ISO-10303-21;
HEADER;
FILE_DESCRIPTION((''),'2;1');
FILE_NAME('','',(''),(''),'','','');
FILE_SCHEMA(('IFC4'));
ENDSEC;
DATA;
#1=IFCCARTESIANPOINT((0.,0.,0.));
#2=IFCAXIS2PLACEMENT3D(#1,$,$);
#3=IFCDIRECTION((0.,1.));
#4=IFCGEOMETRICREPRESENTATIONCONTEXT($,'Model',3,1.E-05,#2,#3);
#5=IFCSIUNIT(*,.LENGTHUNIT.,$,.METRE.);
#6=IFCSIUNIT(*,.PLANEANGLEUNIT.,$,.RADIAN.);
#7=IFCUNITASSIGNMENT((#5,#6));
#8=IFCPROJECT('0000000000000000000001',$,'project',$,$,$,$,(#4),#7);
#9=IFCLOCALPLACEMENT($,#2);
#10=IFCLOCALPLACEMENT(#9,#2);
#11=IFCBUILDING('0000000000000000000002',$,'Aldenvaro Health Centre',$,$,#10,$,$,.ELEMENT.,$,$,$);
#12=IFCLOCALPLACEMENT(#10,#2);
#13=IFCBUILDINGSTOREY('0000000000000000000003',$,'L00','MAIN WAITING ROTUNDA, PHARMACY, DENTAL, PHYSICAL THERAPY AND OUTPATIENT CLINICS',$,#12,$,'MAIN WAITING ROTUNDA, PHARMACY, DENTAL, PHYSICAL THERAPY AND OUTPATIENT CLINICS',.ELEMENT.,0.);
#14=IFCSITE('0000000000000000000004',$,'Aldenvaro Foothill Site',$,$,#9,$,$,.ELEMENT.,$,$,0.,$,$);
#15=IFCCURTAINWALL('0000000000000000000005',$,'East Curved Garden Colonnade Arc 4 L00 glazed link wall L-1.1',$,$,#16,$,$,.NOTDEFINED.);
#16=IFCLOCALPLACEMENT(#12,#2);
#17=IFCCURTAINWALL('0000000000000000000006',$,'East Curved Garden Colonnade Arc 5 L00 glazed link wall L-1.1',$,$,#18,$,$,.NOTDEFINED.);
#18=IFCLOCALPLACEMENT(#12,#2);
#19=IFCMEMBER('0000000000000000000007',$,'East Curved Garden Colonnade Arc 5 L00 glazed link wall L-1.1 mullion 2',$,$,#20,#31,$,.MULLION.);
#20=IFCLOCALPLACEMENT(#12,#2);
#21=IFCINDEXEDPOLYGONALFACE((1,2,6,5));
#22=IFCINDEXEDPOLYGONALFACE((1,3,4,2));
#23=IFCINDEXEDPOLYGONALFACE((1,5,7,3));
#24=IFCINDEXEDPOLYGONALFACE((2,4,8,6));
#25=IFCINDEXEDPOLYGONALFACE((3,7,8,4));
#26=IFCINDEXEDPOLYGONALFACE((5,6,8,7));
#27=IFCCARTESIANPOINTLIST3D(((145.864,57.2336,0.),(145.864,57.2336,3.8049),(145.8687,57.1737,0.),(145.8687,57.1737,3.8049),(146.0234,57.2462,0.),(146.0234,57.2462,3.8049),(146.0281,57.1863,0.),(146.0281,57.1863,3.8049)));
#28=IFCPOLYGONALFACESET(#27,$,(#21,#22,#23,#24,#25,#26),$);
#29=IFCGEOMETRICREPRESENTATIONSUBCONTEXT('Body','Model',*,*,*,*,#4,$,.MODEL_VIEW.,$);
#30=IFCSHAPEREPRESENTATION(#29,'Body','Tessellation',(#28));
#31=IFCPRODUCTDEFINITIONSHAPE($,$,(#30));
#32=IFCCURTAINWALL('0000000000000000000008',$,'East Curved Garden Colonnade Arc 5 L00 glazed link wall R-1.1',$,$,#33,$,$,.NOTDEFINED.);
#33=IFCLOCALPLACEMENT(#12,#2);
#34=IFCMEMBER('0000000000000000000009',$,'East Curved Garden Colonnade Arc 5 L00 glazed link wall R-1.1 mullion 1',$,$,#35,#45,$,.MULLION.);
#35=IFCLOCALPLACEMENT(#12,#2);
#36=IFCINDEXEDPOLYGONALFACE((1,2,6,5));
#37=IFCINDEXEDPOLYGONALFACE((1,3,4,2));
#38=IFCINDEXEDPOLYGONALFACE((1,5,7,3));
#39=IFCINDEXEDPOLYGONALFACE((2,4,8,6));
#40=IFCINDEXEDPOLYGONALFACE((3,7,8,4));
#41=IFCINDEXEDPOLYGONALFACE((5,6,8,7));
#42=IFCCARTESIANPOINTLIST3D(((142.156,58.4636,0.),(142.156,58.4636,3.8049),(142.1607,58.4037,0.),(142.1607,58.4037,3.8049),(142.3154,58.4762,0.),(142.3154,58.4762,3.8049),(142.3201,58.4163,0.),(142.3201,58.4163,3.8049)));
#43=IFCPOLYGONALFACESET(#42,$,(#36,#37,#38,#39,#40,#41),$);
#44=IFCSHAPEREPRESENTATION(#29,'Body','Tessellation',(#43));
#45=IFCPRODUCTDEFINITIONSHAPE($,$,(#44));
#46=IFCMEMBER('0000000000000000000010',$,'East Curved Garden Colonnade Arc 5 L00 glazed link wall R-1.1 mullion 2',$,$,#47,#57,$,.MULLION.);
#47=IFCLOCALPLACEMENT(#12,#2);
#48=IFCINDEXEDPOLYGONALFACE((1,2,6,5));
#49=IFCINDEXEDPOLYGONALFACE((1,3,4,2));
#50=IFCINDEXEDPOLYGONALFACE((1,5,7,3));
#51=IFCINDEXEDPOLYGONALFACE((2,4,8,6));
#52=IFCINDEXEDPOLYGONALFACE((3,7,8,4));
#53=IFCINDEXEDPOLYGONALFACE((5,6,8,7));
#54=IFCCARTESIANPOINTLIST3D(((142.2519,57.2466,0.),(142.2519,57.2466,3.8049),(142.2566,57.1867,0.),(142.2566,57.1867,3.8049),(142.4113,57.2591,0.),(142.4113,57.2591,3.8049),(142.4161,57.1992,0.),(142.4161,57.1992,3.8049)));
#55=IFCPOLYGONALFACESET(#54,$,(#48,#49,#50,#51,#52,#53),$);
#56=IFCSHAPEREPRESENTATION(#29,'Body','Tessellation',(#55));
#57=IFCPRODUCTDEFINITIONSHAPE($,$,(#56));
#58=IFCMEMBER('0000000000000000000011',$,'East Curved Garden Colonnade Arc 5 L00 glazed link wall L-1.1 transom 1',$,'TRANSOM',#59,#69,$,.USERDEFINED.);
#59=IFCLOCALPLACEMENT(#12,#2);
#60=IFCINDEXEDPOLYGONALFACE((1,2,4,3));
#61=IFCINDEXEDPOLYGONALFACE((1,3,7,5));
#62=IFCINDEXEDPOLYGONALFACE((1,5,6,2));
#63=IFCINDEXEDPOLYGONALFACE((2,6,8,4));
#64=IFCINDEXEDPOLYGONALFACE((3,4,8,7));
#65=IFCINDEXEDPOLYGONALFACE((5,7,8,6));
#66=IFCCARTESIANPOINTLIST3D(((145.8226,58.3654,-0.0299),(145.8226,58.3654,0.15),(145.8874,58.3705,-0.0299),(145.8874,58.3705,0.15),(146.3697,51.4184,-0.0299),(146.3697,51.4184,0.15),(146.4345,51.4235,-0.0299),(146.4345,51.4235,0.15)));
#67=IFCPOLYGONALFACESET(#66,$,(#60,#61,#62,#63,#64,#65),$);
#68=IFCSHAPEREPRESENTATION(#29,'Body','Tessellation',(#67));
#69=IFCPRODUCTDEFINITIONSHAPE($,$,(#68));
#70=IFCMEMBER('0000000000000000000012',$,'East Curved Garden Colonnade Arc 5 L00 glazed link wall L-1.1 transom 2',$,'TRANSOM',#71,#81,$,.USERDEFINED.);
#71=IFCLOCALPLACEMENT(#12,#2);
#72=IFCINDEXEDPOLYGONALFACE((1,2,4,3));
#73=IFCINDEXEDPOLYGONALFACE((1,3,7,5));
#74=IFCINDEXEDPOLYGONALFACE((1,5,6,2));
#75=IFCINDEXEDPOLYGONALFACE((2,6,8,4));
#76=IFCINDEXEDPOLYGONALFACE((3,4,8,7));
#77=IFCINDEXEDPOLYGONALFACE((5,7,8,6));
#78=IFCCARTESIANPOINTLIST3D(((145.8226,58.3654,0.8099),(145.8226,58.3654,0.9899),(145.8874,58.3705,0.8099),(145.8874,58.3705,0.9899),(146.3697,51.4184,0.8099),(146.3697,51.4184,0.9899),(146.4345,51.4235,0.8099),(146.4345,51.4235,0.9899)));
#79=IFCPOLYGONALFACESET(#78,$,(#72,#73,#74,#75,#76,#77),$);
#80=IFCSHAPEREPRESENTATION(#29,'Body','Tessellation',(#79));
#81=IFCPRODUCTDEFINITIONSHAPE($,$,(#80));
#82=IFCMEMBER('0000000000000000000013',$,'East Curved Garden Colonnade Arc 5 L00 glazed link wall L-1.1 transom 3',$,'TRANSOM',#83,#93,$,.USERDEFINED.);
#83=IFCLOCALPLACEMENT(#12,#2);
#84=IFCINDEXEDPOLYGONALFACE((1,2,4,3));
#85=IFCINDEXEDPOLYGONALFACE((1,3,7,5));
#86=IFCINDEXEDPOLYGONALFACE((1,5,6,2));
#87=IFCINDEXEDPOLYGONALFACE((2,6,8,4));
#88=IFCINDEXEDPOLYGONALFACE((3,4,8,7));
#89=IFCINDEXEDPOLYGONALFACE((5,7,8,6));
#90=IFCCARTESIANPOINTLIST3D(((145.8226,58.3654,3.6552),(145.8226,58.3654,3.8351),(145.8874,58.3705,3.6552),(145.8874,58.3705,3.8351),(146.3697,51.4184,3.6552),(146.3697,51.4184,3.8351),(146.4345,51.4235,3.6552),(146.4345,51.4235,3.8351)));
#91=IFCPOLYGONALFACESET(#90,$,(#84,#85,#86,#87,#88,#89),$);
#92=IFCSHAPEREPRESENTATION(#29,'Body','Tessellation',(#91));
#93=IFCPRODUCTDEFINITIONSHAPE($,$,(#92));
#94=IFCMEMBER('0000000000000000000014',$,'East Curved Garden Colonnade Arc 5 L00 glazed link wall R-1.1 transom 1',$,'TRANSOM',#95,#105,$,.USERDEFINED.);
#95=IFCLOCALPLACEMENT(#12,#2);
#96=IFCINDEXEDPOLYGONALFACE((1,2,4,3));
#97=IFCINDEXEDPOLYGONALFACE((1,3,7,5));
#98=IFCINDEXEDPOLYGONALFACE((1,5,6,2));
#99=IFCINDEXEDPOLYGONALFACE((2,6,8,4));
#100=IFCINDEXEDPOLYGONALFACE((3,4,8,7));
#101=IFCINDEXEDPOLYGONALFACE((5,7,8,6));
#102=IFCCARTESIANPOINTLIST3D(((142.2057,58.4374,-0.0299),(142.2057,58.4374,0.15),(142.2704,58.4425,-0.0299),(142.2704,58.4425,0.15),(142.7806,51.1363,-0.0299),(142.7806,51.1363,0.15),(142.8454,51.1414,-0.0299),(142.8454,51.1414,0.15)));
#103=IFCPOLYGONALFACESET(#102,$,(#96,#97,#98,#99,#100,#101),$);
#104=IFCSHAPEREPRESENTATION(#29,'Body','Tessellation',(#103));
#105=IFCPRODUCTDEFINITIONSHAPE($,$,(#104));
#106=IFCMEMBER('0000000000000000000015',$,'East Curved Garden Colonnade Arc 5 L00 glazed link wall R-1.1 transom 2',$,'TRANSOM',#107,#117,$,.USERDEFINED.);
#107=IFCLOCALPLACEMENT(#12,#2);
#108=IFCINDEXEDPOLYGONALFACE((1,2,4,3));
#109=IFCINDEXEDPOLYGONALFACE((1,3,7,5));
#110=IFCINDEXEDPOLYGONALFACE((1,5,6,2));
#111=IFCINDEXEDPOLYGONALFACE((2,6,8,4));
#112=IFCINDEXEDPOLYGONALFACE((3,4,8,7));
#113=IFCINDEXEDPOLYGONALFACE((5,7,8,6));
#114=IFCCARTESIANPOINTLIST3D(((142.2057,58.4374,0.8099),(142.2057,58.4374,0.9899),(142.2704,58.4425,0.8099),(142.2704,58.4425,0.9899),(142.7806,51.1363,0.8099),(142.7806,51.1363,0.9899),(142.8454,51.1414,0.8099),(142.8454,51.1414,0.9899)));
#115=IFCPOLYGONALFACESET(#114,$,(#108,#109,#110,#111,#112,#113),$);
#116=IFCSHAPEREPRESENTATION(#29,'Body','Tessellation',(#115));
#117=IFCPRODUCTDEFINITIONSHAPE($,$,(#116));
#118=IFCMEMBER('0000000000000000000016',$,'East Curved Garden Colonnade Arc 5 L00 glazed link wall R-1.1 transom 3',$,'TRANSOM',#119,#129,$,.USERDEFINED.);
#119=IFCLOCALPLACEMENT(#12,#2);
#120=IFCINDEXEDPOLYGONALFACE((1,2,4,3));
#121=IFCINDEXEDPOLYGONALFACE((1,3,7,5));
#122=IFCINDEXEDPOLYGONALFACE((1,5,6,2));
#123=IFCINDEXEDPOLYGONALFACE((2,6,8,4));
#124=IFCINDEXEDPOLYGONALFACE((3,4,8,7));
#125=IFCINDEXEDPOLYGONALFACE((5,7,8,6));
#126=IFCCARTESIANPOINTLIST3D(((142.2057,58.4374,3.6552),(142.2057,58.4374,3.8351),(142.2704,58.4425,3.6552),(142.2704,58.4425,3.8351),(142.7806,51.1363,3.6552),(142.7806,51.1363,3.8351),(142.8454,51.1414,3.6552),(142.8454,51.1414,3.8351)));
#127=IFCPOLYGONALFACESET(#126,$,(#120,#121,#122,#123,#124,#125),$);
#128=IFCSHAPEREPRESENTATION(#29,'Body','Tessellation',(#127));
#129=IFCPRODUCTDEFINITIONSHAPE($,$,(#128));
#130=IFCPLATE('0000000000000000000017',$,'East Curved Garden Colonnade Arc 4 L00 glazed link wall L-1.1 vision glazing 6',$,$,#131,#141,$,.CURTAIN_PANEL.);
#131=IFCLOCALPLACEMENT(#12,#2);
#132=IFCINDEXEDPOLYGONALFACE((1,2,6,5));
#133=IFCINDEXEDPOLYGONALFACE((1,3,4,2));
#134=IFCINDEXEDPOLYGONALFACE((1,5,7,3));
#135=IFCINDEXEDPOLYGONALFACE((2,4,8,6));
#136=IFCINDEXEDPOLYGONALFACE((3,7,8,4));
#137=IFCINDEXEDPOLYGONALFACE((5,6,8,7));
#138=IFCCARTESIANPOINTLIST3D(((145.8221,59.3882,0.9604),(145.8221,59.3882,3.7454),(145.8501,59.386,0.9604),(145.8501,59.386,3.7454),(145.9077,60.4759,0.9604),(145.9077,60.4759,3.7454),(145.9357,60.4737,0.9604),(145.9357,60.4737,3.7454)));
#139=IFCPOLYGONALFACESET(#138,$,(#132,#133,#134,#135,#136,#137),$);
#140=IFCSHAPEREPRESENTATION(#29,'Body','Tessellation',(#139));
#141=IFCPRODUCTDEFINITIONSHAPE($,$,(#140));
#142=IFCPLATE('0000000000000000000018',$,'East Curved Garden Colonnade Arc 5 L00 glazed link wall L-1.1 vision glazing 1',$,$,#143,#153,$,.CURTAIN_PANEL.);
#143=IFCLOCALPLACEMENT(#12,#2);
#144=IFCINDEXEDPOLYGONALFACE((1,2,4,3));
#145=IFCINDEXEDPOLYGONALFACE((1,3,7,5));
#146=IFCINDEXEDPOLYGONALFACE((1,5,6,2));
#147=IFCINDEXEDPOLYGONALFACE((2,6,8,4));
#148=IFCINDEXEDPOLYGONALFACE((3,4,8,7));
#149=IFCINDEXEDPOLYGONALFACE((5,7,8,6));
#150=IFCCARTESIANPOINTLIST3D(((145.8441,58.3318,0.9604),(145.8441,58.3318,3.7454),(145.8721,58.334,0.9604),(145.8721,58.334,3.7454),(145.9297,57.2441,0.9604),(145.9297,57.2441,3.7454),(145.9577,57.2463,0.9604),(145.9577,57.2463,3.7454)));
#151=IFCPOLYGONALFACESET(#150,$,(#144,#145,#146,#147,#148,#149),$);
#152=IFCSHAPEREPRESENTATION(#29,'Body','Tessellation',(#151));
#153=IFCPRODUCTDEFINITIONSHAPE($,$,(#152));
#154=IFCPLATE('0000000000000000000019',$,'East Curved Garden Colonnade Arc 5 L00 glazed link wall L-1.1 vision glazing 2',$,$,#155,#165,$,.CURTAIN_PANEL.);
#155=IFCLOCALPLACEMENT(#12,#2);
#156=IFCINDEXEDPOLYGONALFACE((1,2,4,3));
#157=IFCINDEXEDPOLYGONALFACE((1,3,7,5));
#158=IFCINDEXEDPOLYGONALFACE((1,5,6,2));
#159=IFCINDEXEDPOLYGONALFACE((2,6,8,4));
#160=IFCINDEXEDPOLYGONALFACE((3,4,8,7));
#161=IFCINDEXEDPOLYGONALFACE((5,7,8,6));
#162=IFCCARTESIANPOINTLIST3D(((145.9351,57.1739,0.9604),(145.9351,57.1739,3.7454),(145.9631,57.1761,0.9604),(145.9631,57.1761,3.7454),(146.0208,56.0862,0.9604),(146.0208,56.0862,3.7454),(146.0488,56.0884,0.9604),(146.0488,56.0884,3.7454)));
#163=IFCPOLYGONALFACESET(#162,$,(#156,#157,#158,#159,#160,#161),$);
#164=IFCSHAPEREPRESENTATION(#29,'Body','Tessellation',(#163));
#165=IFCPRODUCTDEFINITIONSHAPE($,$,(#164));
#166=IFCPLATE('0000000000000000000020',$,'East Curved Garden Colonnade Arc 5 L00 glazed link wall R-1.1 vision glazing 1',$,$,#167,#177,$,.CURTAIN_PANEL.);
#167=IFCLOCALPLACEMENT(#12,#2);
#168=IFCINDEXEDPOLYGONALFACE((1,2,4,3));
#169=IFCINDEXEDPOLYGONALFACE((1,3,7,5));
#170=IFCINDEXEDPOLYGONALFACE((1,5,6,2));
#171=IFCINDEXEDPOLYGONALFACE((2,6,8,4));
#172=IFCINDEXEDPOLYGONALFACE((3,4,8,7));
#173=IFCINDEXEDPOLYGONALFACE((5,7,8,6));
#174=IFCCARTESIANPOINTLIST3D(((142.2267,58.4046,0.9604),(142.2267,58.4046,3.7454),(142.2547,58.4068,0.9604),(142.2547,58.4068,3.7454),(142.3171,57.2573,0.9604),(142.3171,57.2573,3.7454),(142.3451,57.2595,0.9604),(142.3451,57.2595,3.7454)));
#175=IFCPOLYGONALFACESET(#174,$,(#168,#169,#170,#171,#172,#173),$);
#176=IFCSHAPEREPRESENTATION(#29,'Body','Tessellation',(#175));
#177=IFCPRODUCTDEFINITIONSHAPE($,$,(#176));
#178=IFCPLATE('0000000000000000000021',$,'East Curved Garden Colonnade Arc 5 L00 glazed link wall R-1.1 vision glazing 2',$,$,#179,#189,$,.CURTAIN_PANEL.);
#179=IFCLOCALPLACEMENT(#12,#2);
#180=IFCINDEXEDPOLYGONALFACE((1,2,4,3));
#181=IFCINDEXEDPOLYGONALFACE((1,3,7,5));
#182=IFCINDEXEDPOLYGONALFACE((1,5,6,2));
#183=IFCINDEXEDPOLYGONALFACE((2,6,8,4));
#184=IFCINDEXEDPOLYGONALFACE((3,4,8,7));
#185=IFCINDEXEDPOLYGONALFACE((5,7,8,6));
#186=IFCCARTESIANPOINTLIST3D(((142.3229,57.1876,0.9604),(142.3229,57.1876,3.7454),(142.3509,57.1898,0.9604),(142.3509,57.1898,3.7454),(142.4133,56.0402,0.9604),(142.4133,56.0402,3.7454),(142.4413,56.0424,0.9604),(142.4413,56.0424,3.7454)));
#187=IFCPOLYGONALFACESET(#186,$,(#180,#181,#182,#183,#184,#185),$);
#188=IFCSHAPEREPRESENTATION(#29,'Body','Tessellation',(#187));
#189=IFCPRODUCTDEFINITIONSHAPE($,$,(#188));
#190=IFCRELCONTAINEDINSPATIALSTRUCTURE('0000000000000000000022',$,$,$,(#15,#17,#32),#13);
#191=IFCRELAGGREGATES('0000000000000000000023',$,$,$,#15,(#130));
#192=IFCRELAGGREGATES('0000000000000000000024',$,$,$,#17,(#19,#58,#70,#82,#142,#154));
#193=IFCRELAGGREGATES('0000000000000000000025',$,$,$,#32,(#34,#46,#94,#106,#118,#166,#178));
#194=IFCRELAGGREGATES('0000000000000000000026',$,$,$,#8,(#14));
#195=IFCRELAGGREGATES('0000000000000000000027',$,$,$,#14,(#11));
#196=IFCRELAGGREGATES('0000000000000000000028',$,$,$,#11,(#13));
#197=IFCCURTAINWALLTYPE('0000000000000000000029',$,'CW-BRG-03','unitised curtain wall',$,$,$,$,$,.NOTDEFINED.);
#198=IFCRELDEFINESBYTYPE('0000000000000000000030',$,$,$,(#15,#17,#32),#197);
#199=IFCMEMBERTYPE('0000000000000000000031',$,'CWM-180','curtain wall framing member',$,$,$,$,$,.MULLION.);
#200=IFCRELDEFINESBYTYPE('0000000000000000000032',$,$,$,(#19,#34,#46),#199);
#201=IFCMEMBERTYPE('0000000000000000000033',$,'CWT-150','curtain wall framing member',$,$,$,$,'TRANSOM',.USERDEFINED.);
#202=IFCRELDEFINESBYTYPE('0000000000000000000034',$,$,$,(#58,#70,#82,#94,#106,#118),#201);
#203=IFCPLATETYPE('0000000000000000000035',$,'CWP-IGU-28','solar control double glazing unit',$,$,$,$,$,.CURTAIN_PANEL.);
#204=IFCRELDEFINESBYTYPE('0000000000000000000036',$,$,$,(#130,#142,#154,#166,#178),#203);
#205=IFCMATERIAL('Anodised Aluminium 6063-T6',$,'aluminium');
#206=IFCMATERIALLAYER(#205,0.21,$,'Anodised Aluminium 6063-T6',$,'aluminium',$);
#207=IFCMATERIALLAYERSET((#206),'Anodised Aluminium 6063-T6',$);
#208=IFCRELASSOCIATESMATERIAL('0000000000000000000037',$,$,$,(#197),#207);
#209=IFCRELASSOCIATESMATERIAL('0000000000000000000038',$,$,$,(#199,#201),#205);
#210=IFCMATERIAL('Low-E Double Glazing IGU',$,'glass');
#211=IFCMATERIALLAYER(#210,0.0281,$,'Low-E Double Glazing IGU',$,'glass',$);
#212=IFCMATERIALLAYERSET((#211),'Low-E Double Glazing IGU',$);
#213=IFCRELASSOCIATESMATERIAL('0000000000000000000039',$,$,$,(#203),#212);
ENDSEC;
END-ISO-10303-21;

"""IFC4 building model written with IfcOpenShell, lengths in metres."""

from ifc_helpers import new_model, si_unit, direction, frame, origin, origin_2d, place, context, subcontext, project, spatial, rectangle, extrude, material, layer, layer_set, material_profile, profile_set, type_object, element, aggregate, save


model = new_model("IFC4")

# Units and contexts
model_context = context("Model", 3, precision=1e-05, world=origin(), true_north=direction((0.0, 1.0)))
body_context = subcontext(model_context, "Body", "Model", "MODEL_VIEW")
ifc_project = project(units=[si_unit("LENGTHUNIT", "METRE"), si_unit("PLANEANGLEUNIT", "RADIAN")], contexts=[model_context])

# Site, building, storey
site_placement = place(None, origin())
site = spatial("IfcSite", under=ifc_project, at=site_placement, Name="Aldenvaro Foothill Site", CompositionType="ELEMENT", RefElevation=0.0)
building_placement = place(site_placement, origin())
building = spatial("IfcBuilding", under=site, at=building_placement, Name="Aldenvaro Health Centre", CompositionType="ELEMENT")
storey_placement = place(building_placement, origin())
storey = spatial("IfcBuildingStorey", under=building, at=storey_placement, Name="L00", Description="MAIN WAITING ROTUNDA, PHARMACY, DENTAL, PHYSICAL THERAPY AND OUTPATIENT CLINICS", LongName="MAIN WAITING ROTUNDA, PHARMACY, DENTAL, PHYSICAL THERAPY AND OUTPATIENT CLINICS", CompositionType="ELEMENT", Elevation=0.0)

# Curtain wall
ifc_material_1 = material(Name="Anodised Aluminium 6063-T6", Category="aluminium")
ifc_layer_1 = layer(ifc_material_1, 0.21, Name="Anodised Aluminium 6063-T6", Category="aluminium")
ifc_layer_set_1 = layer_set([ifc_layer_1], Name="Anodised Aluminium 6063-T6")
curtain_wall_type = type_object("IfcCurtainWallType", Name="CW-BRG-03", Description="unitised curtain wall", PredefinedType="NOTDEFINED", material=ifc_layer_set_1)
curtain_wall_1_placement = place(storey_placement, origin())
curtain_wall_1 = element("IfcCurtainWall", 1, at=curtain_wall_1_placement, inside=storey, type_object=curtain_wall_type, Name="East Curved Garden Colonnade Arc 4 L00 glazed link wall L-1.1", PredefinedType="NOTDEFINED")
ifc_material_profile_1 = material_profile(ifc_material_1, rectangle(XDim=0.0601, YDim=0.1599, at=origin_2d()), Name="ALU 60x160", Category="aluminium")
ifc_profile_set_1 = profile_set([ifc_material_profile_1], Name="Anodised Aluminium 6063-T6")
member_type_1 = type_object("IfcMemberType", Name="CWM-180", Description="curtain wall framing member", PredefinedType="MULLION", material=ifc_profile_set_1)

# Curtain walls, members
curtain_wall_2_placement = place(storey_placement, origin())
curtain_wall_2 = element("IfcCurtainWall", 2, at=curtain_wall_2_placement, inside=storey, type_object=curtain_wall_type, Name="East Curved Garden Colonnade Arc 5 L00 glazed link wall L-1.1", PredefinedType="NOTDEFINED")
member_1_placement = place(storey_placement, frame((145.946, 57.21, 0.0), z_axis=(0.0, 0.0, 1.0), x_axis=(0.078496, -0.996914, 0.0)))
member_1 = element("IfcMember", 3, at=member_1_placement, type_object=member_type_1, Name="East Curved Garden Colonnade Arc 5 L00 glazed link wall L-1.1 mullion 2", PredefinedType="MULLION", context=body_context, shape_type="SweptSolid", body=[
    extrude(rectangle(XDim=0.0601, YDim=0.1599, at=origin_2d()), origin(), (0.0, 0.0, 1.0), 3.8049),
])
curtain_wall_3_placement = place(storey_placement, origin())
curtain_wall_3 = element("IfcCurtainWall", 4, at=curtain_wall_3_placement, inside=storey, type_object=curtain_wall_type, Name="East Curved Garden Colonnade Arc 5 L00 glazed link wall R-1.1", PredefinedType="NOTDEFINED")
member_2_placement = place(storey_placement, frame((142.238, 58.4399, 0.0), z_axis=(0.0, 0.0, 1.0), x_axis=(0.078513, -0.996913, 0.0)))
member_2 = element("IfcMember", 5, at=member_2_placement, type_object=member_type_1, Name="East Curved Garden Colonnade Arc 5 L00 glazed link wall R-1.1 mullion 1", PredefinedType="MULLION", context=body_context, shape_type="SweptSolid", body=[
    extrude(rectangle(XDim=0.0601, YDim=0.1599, at=origin_2d()), origin(), (0.0, 0.0, 1.0), 3.8049),
])
member_3_placement = place(storey_placement, frame((142.334, 57.2229, 0.0), z_axis=(0.0, 0.0, 1.0), x_axis=(0.078513, -0.996913, 0.0)))
member_3 = element("IfcMember", 6, at=member_3_placement, type_object=member_type_1, Name="East Curved Garden Colonnade Arc 5 L00 glazed link wall R-1.1 mullion 2", PredefinedType="MULLION", context=body_context, shape_type="SweptSolid", body=[
    extrude(rectangle(XDim=0.0601, YDim=0.1599, at=origin_2d()), origin(), (0.0, 0.0, 1.0), 3.8049),
])

# Members
ifc_material_profile_2 = material_profile(ifc_material_1, rectangle(XDim=0.0649, YDim=0.1799, at=origin_2d()), Name="ALU 65x180", Category="aluminium")
ifc_profile_set_2 = profile_set([ifc_material_profile_2], Name="Anodised Aluminium 6063-T6")
member_type_2 = type_object("IfcMemberType", Name="CWT-150", Description="curtain wall framing member", ElementType="TRANSOM", PredefinedType="USERDEFINED", material=ifc_profile_set_2)
member_4_placement = place(storey_placement, frame((145.855, 58.3679, 0.0601), z_axis=(0.078513, -0.996913, 0.0), x_axis=(0.996913, 0.078513, 0.0)))
member_4 = element("IfcMember", 7, at=member_4_placement, type_object=member_type_2, Name="East Curved Garden Colonnade Arc 5 L00 glazed link wall L-1.1 transom 1", ObjectType="TRANSOM", PredefinedType="USERDEFINED", context=body_context, shape_type="SweptSolid", body=[
    extrude(rectangle(XDim=0.0649, YDim=0.1799, at=origin_2d()), origin(), (0.0, 0.0, 1.0), 6.9685),
])
member_5_placement = place(storey_placement, frame((145.855, 58.3679, 0.8999), z_axis=(0.078513, -0.996913, 0.0), x_axis=(0.996913, 0.078513, 0.0)))
member_5 = element("IfcMember", 8, at=member_5_placement, type_object=member_type_2, Name="East Curved Garden Colonnade Arc 5 L00 glazed link wall L-1.1 transom 2", ObjectType="TRANSOM", PredefinedType="USERDEFINED", context=body_context, shape_type="SweptSolid", body=[
    extrude(rectangle(XDim=0.0649, YDim=0.1799, at=origin_2d()), origin(), (0.0, 0.0, 1.0), 6.9685),
])
member_6_placement = place(storey_placement, frame((145.855, 58.3679, 3.7451), z_axis=(0.078513, -0.996913, 0.0), x_axis=(0.996913, 0.078513, 0.0)))
member_6 = element("IfcMember", 9, at=member_6_placement, type_object=member_type_2, Name="East Curved Garden Colonnade Arc 5 L00 glazed link wall L-1.1 transom 3", ObjectType="TRANSOM", PredefinedType="USERDEFINED", context=body_context, shape_type="SweptSolid", body=[
    extrude(rectangle(XDim=0.0649, YDim=0.1799, at=origin_2d()), origin(), (0.0, 0.0, 1.0), 6.9685),
])
member_7_placement = place(storey_placement, frame((142.238, 58.4399, 0.0601), z_axis=(0.078506, -0.996914, 0.0), x_axis=(0.996914, 0.078506, 0.0)))
member_7 = element("IfcMember", 10, at=member_7_placement, type_object=member_type_2, Name="East Curved Garden Colonnade Arc 5 L00 glazed link wall R-1.1 transom 1", ObjectType="TRANSOM", PredefinedType="USERDEFINED", context=body_context, shape_type="SweptSolid", body=[
    extrude(rectangle(XDim=0.0649, YDim=0.1799, at=origin_2d()), origin(), (0.0, 0.0, 1.0), 7.3237),
])
member_8_placement = place(storey_placement, frame((142.238, 58.4399, 0.8999), z_axis=(0.078506, -0.996914, 0.0), x_axis=(0.996914, 0.078506, 0.0)))
member_8 = element("IfcMember", 11, at=member_8_placement, type_object=member_type_2, Name="East Curved Garden Colonnade Arc 5 L00 glazed link wall R-1.1 transom 2", ObjectType="TRANSOM", PredefinedType="USERDEFINED", context=body_context, shape_type="SweptSolid", body=[
    extrude(rectangle(XDim=0.0649, YDim=0.1799, at=origin_2d()), origin(), (0.0, 0.0, 1.0), 7.3237),
])
member_9_placement = place(storey_placement, frame((142.238, 58.4399, 3.7451), z_axis=(0.078506, -0.996914, 0.0), x_axis=(0.996914, 0.078506, 0.0)))
member_9 = element("IfcMember", 12, at=member_9_placement, type_object=member_type_2, Name="East Curved Garden Colonnade Arc 5 L00 glazed link wall R-1.1 transom 3", ObjectType="TRANSOM", PredefinedType="USERDEFINED", context=body_context, shape_type="SweptSolid", body=[
    extrude(rectangle(XDim=0.0649, YDim=0.1799, at=origin_2d()), origin(), (0.0, 0.0, 1.0), 7.3237),
])

# Plates
ifc_material_2 = material(Name="Low-E Double Glazing IGU", Category="glass")
ifc_layer_2 = layer(ifc_material_2, 0.0281, Name="Low-E Double Glazing IGU", Category="glass")
ifc_layer_set_2 = layer_set([ifc_layer_2], Name="Low-E Double Glazing IGU")
plate_type_1 = type_object("IfcPlateType", Name="CWP-IGU-28", Description="solar control double glazing unit", PredefinedType="CURTAIN_PANEL", material=ifc_layer_set_2)
plate_1_placement = place(storey_placement, frame((145.8789, 59.9309, 0.9604), z_axis=(0.0, 0.0, 1.0), x_axis=(-0.078496, -0.996914, 0.0)))
plate_1 = element("IfcPlate", 13, at=plate_1_placement, type_object=plate_type_1, Name="East Curved Garden Colonnade Arc 4 L00 glazed link wall L-1.1 vision glazing 6", PredefinedType="CURTAIN_PANEL", context=body_context, shape_type="SweptSolid", body=[
    extrude(rectangle(XDim=1.0911, YDim=0.0281, at=origin_2d()), origin(), (0.0, 0.0, 1.0), 2.7849),
])
plate_2_placement = place(storey_placement, frame((145.9009, 57.7891, 0.9604), z_axis=(0.0, 0.0, 1.0), x_axis=(0.078496, -0.996914, 0.0)))
plate_2 = element("IfcPlate", 14, at=plate_2_placement, type_object=plate_type_1, Name="East Curved Garden Colonnade Arc 5 L00 glazed link wall L-1.1 vision glazing 1", PredefinedType="CURTAIN_PANEL", context=body_context, shape_type="SweptSolid", body=[
    extrude(rectangle(XDim=1.0911, YDim=0.0281, at=origin_2d()), origin(), (0.0, 0.0, 1.0), 2.7849),
])
plate_3_placement = place(storey_placement, frame((145.9919, 56.6311, 0.9604), z_axis=(0.0, 0.0, 1.0), x_axis=(0.078496, -0.996914, 0.0)))
plate_3 = element("IfcPlate", 15, at=plate_3_placement, type_object=plate_type_1, Name="East Curved Garden Colonnade Arc 5 L00 glazed link wall L-1.1 vision glazing 2", PredefinedType="CURTAIN_PANEL", context=body_context, shape_type="SweptSolid", body=[
    extrude(rectangle(XDim=1.0911, YDim=0.0281, at=origin_2d()), origin(), (0.0, 0.0, 1.0), 2.7849),
])
plate_4_placement = place(storey_placement, frame((142.2859, 57.832, 0.9604), z_axis=(0.0, 0.0, 1.0), x_axis=(0.078513, -0.996913, 0.0)))
plate_4 = element("IfcPlate", 16, at=plate_4_placement, type_object=plate_type_1, Name="East Curved Garden Colonnade Arc 5 L00 glazed link wall R-1.1 vision glazing 1", PredefinedType="CURTAIN_PANEL", context=body_context, shape_type="SweptSolid", body=[
    extrude(rectangle(XDim=1.1509, YDim=0.0281, at=origin_2d()), origin(), (0.0, 0.0, 1.0), 2.7849),
])
plate_5_placement = place(storey_placement, frame((142.3821, 56.615, 0.9604), z_axis=(0.0, 0.0, 1.0), x_axis=(0.078513, -0.996913, 0.0)))
plate_5 = element("IfcPlate", 17, at=plate_5_placement, type_object=plate_type_1, Name="East Curved Garden Colonnade Arc 5 L00 glazed link wall R-1.1 vision glazing 2", PredefinedType="CURTAIN_PANEL", context=body_context, shape_type="SweptSolid", body=[
    extrude(rectangle(XDim=1.1509, YDim=0.0281, at=origin_2d()), origin(), (0.0, 0.0, 1.0), 2.7849),
])
aggregate(curtain_wall_1, [plate_1])
aggregate(curtain_wall_2, [member_1, member_4, member_5, member_6, plate_2, plate_3])
aggregate(curtain_wall_3, [member_2, member_3, member_7, member_8, member_9, plate_4, plate_5])

save(model, "model.ifc")
